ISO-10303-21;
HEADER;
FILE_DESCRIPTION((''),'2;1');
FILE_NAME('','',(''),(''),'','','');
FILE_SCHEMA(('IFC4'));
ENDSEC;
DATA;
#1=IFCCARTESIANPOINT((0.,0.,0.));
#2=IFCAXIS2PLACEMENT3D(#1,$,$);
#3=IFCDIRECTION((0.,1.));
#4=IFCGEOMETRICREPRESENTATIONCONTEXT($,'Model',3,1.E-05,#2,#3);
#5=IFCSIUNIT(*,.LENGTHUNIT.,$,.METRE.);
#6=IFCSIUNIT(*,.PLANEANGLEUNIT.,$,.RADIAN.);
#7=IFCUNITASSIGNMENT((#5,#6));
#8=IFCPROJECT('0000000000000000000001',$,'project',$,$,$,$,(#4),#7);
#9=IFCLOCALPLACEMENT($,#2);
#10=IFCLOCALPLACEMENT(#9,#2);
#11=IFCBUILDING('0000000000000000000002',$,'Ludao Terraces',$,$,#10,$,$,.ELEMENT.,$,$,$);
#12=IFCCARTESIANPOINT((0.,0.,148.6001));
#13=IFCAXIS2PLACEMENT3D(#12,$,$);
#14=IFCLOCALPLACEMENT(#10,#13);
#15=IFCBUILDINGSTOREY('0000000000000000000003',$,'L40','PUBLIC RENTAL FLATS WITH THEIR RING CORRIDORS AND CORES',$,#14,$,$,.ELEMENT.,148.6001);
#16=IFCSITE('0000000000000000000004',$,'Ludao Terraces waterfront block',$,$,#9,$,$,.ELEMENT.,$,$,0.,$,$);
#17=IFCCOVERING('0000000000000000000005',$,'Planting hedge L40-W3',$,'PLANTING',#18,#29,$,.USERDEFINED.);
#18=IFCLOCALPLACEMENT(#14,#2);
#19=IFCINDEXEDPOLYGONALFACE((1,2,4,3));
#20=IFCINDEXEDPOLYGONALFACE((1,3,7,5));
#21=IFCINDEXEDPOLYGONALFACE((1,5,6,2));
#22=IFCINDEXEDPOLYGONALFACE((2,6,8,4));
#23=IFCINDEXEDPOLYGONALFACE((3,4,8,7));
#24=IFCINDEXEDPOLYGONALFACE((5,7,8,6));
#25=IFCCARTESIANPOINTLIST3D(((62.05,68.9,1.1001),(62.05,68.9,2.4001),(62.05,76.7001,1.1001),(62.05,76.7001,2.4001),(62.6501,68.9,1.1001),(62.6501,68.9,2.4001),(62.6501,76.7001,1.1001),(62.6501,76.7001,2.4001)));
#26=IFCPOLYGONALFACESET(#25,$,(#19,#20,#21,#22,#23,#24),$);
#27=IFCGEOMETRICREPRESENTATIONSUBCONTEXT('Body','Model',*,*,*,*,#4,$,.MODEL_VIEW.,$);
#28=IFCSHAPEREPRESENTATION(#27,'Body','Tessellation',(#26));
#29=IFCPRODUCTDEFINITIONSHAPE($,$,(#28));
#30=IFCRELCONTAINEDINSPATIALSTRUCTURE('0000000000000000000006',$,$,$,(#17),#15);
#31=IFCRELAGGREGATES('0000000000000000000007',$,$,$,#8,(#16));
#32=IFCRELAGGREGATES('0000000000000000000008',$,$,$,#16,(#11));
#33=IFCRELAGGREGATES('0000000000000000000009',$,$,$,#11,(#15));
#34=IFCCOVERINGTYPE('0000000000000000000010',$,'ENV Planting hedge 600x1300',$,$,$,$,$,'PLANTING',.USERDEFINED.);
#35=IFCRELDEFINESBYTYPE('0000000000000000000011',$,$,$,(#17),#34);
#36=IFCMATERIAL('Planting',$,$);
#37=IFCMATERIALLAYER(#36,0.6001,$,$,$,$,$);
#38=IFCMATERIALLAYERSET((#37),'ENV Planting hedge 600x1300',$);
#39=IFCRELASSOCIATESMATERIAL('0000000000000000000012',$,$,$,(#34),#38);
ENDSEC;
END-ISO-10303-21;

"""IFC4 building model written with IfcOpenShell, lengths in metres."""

from ifc_helpers import new_model, si_unit, direction, frame, origin, origin_2d, place, context, subcontext, project, spatial, rectangle, extrude, material, layer, layer_set, type_object, element, save


model = new_model("IFC4")

# Units and contexts
model_context = context("Model", 3, precision=1e-05, world=origin(), true_north=direction((0.0, 1.0)))
body_context = subcontext(model_context, "Body", "Model", "MODEL_VIEW")
ifc_project = project(units=[si_unit("LENGTHUNIT", "METRE"), si_unit("PLANEANGLEUNIT", "RADIAN")], contexts=[model_context])

# Site, building, storey
site_placement = place(None, origin())
site = spatial("IfcSite", under=ifc_project, at=site_placement, Name="Ludao Terraces waterfront block", CompositionType="ELEMENT", RefElevation=0.0)
building_placement = place(site_placement, origin())
building = spatial("IfcBuilding", under=site, at=building_placement, Name="Ludao Terraces", CompositionType="ELEMENT")
storey_placement = place(building_placement, frame((0.0, 0.0, 148.6001)))
storey = spatial("IfcBuildingStorey", under=building, at=storey_placement, Name="L40", Description="PUBLIC RENTAL FLATS WITH THEIR RING CORRIDORS AND CORES", CompositionType="ELEMENT", Elevation=148.6001)

# Covering
ifc_material_1 = material(Name="Planting")
ifc_layer_1 = layer(ifc_material_1, 0.6001)
ifc_layer_set_1 = layer_set([ifc_layer_1], Name="ENV Planting hedge 600x1300")
covering_type = type_object("IfcCoveringType", Name="ENV Planting hedge 600x1300", ElementType="PLANTING", PredefinedType="USERDEFINED", material=ifc_layer_set_1)
for number, where, z_axis, x_axis, name in (
    (1, (62.3501, 72.8, 1.1001), (0.0, 0.0, 1.0), (1.0, 0.0, 0.0), "Planting hedge L40-W3"),
):
    element("IfcCovering", number, at=place(storey_placement, frame(where, z_axis=z_axis, x_axis=x_axis)), inside=storey, type_object=covering_type, Name=name, ObjectType="PLANTING", PredefinedType="USERDEFINED", context=body_context, shape_type="SweptSolid", body=[
        extrude(rectangle(XDim=0.6001, YDim=7.8, at=origin_2d()), origin(), (0.0, 0.0, 1.0), 1.3),
    ])

save(model, "model.ifc")
